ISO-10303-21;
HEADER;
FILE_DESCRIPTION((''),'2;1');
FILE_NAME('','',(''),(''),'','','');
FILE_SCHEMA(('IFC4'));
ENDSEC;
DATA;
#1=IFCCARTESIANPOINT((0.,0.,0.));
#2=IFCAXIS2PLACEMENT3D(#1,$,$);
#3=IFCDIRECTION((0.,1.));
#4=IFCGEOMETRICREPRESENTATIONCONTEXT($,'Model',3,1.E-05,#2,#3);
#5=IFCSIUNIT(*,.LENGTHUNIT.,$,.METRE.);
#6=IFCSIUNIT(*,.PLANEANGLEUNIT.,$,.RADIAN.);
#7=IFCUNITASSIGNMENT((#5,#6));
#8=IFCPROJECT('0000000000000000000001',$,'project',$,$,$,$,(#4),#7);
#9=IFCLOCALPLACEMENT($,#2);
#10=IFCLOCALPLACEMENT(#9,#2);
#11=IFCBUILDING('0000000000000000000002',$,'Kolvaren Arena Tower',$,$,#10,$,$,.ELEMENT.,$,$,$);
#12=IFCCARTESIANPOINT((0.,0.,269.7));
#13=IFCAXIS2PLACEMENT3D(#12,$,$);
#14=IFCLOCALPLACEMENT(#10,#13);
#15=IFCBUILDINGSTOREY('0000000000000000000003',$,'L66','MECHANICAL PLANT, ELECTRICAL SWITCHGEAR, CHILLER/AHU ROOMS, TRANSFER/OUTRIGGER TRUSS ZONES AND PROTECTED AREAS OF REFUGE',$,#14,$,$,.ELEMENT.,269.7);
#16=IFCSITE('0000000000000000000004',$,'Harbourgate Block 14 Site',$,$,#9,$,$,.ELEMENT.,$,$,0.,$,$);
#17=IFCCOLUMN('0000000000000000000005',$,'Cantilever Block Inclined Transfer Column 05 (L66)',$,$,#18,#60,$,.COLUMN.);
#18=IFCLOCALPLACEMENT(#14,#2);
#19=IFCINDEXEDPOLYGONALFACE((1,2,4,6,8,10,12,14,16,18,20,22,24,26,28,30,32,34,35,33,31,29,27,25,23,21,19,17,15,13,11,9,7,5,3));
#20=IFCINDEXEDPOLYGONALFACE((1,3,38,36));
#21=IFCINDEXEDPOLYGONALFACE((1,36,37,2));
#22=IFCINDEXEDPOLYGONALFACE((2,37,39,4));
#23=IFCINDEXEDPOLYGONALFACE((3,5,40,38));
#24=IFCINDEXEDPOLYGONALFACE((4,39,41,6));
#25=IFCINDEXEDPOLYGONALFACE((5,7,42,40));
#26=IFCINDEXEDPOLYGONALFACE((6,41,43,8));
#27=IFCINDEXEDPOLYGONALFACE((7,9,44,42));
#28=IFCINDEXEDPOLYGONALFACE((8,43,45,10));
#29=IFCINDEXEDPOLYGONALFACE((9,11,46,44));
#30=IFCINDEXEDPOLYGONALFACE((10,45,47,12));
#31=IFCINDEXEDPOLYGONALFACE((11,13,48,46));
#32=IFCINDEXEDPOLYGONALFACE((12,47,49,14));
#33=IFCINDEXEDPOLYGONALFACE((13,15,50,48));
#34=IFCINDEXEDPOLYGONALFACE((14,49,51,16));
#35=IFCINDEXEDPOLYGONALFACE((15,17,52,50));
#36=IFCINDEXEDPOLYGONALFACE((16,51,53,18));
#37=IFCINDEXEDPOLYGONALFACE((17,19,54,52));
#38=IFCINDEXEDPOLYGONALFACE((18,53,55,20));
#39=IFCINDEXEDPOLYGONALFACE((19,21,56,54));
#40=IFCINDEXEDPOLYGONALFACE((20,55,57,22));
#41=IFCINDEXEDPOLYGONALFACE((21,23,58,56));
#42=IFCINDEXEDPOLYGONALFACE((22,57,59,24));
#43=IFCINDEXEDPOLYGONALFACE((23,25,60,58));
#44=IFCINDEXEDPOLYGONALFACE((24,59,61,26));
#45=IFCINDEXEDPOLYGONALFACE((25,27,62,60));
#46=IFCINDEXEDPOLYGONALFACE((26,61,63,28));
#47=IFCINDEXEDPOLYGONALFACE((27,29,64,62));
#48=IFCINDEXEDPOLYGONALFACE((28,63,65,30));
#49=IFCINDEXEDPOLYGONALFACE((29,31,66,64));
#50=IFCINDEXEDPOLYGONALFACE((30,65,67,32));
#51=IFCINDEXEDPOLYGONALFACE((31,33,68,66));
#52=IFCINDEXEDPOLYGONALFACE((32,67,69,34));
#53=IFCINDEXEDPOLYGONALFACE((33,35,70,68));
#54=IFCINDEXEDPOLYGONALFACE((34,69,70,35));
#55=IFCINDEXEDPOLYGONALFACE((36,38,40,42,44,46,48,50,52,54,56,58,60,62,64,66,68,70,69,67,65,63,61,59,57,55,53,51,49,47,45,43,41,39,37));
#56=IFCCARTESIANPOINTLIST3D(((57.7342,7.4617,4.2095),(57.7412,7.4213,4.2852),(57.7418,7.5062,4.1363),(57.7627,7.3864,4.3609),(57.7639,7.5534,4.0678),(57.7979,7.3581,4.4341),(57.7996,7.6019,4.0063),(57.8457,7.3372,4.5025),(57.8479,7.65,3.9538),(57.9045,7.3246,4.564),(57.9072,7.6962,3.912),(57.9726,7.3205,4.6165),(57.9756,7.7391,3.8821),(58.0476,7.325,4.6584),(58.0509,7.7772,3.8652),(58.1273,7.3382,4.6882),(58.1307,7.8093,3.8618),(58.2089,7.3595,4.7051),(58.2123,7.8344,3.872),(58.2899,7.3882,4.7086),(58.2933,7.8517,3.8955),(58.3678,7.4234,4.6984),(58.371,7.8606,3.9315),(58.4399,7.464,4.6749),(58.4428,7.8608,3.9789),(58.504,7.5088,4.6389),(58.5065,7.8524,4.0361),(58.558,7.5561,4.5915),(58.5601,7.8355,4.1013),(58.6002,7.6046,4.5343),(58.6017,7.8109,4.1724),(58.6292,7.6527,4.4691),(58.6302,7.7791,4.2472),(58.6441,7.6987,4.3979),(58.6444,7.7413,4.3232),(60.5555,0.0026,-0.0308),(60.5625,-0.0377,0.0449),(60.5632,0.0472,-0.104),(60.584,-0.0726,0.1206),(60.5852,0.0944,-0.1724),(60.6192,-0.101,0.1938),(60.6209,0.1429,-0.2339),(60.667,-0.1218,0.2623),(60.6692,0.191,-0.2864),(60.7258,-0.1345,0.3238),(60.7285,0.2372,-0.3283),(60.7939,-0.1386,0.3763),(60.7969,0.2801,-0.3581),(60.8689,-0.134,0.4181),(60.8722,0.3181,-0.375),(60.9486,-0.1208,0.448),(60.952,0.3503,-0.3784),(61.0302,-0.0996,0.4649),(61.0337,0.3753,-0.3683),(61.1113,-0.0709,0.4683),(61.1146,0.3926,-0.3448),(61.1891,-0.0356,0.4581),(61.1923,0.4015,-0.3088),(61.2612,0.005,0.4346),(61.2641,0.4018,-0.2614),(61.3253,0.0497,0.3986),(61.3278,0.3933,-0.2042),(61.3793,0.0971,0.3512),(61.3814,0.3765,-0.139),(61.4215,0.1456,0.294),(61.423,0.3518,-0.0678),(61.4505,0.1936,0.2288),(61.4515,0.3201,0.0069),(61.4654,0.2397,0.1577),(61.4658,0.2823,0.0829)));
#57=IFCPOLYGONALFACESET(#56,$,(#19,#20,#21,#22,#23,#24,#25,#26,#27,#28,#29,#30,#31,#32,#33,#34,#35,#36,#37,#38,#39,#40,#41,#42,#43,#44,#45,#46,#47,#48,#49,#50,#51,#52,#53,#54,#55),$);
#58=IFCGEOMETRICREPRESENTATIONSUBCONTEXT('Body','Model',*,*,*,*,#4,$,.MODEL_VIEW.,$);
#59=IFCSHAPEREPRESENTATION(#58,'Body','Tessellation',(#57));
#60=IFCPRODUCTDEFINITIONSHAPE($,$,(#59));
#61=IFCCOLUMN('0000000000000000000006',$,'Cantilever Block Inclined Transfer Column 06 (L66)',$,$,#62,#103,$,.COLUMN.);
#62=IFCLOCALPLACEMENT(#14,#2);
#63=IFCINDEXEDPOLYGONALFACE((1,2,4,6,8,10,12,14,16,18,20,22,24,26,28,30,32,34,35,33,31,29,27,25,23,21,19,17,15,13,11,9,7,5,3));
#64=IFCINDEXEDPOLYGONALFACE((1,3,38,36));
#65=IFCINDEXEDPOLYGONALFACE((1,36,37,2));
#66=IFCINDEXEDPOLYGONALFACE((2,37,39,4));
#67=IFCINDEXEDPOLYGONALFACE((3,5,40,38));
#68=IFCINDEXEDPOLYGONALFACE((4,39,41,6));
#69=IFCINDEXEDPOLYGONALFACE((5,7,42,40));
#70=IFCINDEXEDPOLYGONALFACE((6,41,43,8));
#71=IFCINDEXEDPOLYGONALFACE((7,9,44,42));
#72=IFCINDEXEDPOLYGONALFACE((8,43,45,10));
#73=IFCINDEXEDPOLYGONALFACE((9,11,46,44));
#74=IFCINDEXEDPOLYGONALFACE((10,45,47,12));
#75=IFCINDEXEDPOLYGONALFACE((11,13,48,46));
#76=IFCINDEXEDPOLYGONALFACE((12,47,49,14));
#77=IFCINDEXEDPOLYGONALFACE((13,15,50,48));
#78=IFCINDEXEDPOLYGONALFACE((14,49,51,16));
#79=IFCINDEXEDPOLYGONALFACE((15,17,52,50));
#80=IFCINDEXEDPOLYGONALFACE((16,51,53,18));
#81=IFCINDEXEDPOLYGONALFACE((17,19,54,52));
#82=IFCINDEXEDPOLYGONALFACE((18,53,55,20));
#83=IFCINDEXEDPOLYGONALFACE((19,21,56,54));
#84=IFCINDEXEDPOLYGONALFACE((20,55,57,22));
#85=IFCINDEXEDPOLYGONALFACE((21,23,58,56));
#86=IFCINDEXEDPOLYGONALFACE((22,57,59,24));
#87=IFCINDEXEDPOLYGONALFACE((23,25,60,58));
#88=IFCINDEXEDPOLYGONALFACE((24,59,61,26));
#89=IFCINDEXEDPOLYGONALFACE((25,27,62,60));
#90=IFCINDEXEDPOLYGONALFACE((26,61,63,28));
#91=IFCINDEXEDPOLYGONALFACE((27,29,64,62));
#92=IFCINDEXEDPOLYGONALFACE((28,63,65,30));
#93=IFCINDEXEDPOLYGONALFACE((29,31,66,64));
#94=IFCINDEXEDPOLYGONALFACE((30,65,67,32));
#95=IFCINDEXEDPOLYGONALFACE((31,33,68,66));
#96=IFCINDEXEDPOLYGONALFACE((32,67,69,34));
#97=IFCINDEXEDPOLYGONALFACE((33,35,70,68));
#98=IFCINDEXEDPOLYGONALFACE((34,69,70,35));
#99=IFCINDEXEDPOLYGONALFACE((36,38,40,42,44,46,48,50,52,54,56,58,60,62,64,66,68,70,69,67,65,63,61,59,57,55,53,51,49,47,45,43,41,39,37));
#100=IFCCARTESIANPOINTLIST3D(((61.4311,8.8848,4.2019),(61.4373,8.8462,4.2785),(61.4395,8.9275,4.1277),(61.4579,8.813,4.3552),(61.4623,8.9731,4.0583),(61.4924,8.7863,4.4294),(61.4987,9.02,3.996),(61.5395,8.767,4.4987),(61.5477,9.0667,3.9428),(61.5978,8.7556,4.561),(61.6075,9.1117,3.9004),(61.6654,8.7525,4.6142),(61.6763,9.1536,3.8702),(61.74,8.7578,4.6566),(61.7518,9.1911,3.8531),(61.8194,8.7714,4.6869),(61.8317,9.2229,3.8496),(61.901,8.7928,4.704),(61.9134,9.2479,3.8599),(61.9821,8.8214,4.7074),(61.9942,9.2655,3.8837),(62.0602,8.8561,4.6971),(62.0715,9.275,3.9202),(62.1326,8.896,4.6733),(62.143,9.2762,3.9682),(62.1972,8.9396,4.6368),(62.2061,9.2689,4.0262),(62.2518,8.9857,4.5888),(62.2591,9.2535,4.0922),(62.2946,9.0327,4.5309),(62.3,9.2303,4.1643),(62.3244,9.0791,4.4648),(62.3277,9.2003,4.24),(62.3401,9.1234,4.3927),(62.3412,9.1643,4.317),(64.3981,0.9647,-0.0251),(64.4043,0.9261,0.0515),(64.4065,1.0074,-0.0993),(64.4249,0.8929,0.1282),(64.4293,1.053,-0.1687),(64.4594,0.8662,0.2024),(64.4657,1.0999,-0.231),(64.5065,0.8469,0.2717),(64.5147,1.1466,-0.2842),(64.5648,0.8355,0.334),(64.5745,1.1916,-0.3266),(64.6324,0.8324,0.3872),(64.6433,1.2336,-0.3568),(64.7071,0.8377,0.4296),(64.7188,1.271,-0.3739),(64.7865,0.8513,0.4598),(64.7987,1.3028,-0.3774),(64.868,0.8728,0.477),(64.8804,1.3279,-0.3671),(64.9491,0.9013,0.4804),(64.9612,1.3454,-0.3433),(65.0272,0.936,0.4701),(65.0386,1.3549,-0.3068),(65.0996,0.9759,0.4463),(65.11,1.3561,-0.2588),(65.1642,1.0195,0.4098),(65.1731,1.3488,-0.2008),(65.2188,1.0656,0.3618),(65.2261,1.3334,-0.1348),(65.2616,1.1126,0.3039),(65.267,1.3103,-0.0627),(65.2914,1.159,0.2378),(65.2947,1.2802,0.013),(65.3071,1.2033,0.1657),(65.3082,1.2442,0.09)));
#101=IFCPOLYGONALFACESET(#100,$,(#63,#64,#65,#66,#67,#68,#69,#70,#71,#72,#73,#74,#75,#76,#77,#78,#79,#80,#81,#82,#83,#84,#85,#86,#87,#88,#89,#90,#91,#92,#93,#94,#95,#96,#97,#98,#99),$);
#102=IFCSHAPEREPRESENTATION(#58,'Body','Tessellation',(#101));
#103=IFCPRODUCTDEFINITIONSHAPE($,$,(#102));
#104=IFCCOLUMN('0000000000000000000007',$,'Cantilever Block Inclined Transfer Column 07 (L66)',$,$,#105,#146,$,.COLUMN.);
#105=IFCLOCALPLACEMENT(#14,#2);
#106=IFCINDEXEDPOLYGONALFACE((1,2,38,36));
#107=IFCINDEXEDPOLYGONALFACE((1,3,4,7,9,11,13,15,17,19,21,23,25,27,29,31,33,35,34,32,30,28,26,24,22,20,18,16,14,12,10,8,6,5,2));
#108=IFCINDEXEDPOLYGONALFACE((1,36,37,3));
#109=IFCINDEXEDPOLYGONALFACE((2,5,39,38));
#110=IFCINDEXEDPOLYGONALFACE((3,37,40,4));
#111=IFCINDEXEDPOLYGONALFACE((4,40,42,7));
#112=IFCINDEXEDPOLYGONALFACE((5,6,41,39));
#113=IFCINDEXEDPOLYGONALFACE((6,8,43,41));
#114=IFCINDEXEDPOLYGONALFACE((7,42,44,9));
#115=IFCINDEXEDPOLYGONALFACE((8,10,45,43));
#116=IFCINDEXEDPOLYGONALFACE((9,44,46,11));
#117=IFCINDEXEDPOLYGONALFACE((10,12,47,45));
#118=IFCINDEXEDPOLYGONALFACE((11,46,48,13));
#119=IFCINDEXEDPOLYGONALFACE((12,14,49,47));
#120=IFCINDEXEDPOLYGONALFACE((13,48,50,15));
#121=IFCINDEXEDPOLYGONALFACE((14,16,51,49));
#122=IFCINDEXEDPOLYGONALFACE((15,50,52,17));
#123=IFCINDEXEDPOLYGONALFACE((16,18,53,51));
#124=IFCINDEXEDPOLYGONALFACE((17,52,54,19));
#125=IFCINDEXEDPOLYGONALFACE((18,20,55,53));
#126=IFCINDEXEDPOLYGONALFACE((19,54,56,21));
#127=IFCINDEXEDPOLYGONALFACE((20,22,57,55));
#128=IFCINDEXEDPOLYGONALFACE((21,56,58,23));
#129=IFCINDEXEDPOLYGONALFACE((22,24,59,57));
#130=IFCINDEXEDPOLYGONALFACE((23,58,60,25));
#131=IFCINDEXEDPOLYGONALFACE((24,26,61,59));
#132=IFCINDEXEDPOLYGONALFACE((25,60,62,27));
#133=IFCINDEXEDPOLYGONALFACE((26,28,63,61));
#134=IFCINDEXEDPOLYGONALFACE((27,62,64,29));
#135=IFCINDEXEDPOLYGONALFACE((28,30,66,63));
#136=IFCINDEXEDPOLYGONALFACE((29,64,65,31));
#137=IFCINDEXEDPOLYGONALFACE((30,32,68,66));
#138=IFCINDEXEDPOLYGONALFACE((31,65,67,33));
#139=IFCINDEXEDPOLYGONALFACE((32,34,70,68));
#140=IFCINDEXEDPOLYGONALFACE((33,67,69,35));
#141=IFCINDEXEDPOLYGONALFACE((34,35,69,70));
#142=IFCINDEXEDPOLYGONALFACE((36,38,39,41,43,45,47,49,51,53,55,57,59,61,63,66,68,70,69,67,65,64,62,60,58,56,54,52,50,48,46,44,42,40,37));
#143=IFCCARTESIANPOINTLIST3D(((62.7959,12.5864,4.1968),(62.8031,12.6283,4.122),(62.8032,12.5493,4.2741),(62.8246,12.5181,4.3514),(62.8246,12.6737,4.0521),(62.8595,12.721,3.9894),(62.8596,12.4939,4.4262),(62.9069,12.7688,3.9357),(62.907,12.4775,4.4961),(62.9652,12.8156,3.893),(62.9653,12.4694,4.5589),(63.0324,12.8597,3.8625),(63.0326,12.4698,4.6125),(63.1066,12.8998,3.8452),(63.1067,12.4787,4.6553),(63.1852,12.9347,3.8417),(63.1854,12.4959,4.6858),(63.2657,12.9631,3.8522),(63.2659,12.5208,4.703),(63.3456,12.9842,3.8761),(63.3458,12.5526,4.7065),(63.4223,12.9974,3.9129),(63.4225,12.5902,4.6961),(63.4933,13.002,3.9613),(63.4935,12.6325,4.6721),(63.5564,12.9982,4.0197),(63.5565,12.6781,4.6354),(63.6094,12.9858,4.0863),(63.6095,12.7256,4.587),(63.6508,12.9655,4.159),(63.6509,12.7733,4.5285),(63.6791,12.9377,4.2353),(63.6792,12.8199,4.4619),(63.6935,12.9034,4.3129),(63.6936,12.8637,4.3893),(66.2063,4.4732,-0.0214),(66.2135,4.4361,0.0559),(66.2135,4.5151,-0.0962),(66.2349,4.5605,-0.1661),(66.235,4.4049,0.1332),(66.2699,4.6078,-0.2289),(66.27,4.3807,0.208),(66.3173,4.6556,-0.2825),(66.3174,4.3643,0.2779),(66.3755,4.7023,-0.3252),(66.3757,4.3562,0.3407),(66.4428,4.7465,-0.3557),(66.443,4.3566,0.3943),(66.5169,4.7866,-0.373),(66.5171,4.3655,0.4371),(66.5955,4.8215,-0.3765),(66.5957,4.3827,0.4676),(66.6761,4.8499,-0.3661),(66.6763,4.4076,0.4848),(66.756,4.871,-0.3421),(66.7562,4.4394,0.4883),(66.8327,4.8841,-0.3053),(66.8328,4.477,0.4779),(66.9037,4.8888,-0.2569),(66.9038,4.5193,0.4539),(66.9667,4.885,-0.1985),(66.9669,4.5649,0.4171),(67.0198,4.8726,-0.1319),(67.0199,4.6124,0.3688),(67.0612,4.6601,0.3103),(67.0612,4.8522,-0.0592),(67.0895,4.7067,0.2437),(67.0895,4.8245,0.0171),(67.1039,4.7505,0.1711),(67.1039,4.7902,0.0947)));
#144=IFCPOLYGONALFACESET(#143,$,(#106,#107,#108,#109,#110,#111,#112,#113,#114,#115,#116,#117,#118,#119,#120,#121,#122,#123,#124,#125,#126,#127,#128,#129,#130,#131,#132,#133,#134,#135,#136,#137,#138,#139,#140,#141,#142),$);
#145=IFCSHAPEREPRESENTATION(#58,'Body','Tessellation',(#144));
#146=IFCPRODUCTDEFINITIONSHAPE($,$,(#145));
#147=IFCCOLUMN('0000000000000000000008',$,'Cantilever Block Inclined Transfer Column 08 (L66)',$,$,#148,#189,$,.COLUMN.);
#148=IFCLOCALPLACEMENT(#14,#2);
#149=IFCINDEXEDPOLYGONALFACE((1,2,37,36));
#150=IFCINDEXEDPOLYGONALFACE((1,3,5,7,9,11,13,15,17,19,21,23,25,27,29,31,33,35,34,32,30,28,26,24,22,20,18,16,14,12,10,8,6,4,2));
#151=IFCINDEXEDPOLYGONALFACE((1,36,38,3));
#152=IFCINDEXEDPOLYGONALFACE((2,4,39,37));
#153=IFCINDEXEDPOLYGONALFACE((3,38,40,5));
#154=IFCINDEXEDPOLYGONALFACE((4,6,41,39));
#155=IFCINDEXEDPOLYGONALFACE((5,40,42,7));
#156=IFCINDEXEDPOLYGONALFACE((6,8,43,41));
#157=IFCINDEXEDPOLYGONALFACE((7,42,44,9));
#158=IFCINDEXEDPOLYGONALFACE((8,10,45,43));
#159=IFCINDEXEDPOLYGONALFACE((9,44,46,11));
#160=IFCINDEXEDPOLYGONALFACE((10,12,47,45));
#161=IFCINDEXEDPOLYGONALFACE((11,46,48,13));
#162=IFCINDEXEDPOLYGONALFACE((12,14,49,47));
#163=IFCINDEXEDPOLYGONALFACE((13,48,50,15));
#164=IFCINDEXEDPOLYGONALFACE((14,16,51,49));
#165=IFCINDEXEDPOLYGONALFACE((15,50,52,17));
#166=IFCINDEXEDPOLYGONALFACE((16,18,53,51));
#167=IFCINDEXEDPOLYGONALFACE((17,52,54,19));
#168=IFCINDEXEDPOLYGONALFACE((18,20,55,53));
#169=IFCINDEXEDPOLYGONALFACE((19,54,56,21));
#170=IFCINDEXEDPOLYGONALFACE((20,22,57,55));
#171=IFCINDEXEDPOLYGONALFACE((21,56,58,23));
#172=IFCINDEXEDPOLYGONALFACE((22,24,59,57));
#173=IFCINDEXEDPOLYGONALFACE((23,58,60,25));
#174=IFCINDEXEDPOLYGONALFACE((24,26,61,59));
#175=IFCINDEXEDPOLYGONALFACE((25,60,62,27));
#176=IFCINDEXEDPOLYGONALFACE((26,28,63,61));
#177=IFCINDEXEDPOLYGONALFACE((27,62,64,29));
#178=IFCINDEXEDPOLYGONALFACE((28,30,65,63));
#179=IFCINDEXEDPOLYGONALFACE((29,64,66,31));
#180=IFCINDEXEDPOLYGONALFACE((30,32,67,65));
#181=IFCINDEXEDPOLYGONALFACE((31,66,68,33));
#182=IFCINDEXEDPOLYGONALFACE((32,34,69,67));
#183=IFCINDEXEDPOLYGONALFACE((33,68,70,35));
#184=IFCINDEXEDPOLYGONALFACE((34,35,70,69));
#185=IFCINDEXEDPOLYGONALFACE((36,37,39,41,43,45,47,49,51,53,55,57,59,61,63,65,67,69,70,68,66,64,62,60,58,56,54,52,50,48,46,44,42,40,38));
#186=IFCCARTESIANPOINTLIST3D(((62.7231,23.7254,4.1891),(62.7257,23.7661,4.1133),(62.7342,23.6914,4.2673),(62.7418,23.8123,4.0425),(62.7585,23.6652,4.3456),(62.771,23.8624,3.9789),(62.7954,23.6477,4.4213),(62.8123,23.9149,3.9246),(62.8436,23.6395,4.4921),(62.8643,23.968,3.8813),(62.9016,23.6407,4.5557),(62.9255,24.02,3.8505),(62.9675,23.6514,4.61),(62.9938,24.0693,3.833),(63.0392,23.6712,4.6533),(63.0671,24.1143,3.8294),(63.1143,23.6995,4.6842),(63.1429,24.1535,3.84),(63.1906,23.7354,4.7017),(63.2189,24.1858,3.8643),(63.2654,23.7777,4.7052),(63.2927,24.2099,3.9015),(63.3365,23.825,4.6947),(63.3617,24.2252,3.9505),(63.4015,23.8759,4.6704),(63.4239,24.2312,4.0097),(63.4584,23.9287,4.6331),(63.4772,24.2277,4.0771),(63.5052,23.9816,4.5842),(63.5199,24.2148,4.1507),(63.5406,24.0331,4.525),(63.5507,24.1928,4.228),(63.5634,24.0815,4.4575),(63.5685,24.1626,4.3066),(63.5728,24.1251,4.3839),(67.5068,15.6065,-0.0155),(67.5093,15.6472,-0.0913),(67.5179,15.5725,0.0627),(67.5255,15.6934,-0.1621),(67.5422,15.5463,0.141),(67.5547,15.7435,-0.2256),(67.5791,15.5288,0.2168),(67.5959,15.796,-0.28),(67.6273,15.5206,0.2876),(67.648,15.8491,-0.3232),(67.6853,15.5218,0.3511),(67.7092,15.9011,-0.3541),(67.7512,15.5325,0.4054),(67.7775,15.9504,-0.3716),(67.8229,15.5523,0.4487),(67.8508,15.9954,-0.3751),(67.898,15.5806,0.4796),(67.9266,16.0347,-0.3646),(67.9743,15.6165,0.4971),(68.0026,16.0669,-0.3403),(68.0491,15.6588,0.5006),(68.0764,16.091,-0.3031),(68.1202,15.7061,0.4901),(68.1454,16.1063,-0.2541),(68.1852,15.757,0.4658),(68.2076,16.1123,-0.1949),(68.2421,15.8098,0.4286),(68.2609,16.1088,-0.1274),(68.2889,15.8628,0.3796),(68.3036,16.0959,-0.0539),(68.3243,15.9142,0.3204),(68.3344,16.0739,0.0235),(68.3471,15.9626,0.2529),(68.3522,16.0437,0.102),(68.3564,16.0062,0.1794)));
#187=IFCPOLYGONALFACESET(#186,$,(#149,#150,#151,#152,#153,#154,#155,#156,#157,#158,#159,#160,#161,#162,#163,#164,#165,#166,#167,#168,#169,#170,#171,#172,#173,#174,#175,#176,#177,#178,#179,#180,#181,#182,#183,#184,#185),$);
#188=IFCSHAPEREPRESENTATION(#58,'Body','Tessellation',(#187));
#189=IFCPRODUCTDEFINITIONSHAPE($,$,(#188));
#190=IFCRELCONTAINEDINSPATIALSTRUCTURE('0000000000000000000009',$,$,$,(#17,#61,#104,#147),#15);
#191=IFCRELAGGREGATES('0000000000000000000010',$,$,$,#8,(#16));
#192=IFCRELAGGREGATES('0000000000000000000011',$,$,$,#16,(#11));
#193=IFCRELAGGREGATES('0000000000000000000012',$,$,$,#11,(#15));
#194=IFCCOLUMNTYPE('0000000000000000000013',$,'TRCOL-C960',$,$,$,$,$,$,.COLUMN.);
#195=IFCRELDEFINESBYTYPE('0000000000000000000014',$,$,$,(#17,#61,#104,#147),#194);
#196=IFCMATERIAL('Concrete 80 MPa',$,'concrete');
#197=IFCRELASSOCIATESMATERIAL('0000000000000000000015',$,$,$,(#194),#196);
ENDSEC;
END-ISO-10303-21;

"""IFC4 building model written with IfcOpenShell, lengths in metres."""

from ifc_helpers import new_model, si_unit, direction, frame, origin, origin_2d, place, context, subcontext, project, spatial, circle, extrude, material, material_profile, profile_set, type_object, element, save


model = new_model("IFC4")

# Units and contexts
model_context = context("Model", 3, precision=1e-05, world=origin(), true_north=direction((0.0, 1.0)))
body_context = subcontext(model_context, "Body", "Model", "MODEL_VIEW")
ifc_project = project(units=[si_unit("LENGTHUNIT", "METRE"), si_unit("PLANEANGLEUNIT", "RADIAN")], contexts=[model_context])

# Site, building, storey
site_placement = place(None, origin())
site = spatial("IfcSite", under=ifc_project, at=site_placement, Name="Harbourgate Block 14 Site", CompositionType="ELEMENT", RefElevation=0.0)
building_placement = place(site_placement, origin())
building = spatial("IfcBuilding", under=site, at=building_placement, Name="Kolvaren Arena Tower", CompositionType="ELEMENT")
storey_placement = place(building_placement, frame((0.0, 0.0, 269.7)))
storey = spatial("IfcBuildingStorey", under=building, at=storey_placement, Name="L66", Description="MECHANICAL PLANT, ELECTRICAL SWITCHGEAR, CHILLER/AHU ROOMS, TRANSFER/OUTRIGGER TRUSS ZONES AND PROTECTED AREAS OF REFUGE", CompositionType="ELEMENT", Elevation=269.7)

# Columns
ifc_material_1 = material(Name="Concrete 80 MPa", Category="concrete")
ifc_material_profile_1 = material_profile(ifc_material_1, circle(Radius=0.48, at=origin_2d()), Name="RC-CIRC-960")
ifc_profile_set_1 = profile_set([ifc_material_profile_1], Name="Concrete 80 MPa")
column_type = type_object("IfcColumnType", Name="TRCOL-C960", PredefinedType="COLUMN", material=ifc_profile_set_1)
column_1_placement = place(storey_placement, frame((61.0115, 0.1321, 0.0449), z_axis=(-0.312368, 0.825846, 0.469472), x_axis=(-0.935329, -0.353779, 0.0)))
element("IfcColumn", 1, at=column_1_placement, inside=storey, type_object=column_type, Name="Cantilever Block Inclined Transfer Column 05 (L66)", PredefinedType="COLUMN", context=body_context, shape_type="SweptSolid", body=[
    extrude(circle(Radius=0.48, at=origin_2d()), origin(), (0.0, 0.0, 1.0), 9.032),
])
column_2_placement = place(storey_placement, frame((64.8538, 1.0945, 0.0515), z_axis=(-0.313801, 0.837654, 0.447062), x_axis=(-0.936447, -0.35081, 0.0)))
element("IfcColumn", 2, at=column_2_placement, inside=storey, type_object=column_type, Name="Cantilever Block Inclined Transfer Column 06 (L66)", PredefinedType="COLUMN", context=body_context, shape_type="SweptSolid", body=[
    extrude(circle(Radius=0.48, at=origin_2d()), origin(), (0.0, 0.0, 1.0), 9.4551),
])
column_3_placement = place(storey_placement, frame((66.656, 4.6221, 0.0559), z_axis=(-0.34944, 0.831312, 0.432216), x_axis=(-0.921868, -0.387505, 0.0)))
element("IfcColumn", 3, at=column_3_placement, inside=storey, type_object=column_type, Name="Cantilever Block Inclined Transfer Column 07 (L66)", PredefinedType="COLUMN", context=body_context, shape_type="SweptSolid", body=[
    extrude(circle(Radius=0.48, at=origin_2d()), origin(), (0.0, 0.0, 1.0), 9.7595),
])
column_4_placement = place(storey_placement, frame((67.9314, 15.8162, 0.0627), z_axis=(-0.463587, 0.786802, 0.407467), x_axis=(-0.861569, -0.50764, 0.0)))
element("IfcColumn", 4, at=column_4_placement, inside=storey, type_object=column_type, Name="Cantilever Block Inclined Transfer Column 08 (L66)", PredefinedType="COLUMN", context=body_context, shape_type="SweptSolid", body=[
    extrude(circle(Radius=0.48, at=origin_2d()), origin(), (0.0, 0.0, 1.0), 10.3188),
])

save(model, "model.ifc")
